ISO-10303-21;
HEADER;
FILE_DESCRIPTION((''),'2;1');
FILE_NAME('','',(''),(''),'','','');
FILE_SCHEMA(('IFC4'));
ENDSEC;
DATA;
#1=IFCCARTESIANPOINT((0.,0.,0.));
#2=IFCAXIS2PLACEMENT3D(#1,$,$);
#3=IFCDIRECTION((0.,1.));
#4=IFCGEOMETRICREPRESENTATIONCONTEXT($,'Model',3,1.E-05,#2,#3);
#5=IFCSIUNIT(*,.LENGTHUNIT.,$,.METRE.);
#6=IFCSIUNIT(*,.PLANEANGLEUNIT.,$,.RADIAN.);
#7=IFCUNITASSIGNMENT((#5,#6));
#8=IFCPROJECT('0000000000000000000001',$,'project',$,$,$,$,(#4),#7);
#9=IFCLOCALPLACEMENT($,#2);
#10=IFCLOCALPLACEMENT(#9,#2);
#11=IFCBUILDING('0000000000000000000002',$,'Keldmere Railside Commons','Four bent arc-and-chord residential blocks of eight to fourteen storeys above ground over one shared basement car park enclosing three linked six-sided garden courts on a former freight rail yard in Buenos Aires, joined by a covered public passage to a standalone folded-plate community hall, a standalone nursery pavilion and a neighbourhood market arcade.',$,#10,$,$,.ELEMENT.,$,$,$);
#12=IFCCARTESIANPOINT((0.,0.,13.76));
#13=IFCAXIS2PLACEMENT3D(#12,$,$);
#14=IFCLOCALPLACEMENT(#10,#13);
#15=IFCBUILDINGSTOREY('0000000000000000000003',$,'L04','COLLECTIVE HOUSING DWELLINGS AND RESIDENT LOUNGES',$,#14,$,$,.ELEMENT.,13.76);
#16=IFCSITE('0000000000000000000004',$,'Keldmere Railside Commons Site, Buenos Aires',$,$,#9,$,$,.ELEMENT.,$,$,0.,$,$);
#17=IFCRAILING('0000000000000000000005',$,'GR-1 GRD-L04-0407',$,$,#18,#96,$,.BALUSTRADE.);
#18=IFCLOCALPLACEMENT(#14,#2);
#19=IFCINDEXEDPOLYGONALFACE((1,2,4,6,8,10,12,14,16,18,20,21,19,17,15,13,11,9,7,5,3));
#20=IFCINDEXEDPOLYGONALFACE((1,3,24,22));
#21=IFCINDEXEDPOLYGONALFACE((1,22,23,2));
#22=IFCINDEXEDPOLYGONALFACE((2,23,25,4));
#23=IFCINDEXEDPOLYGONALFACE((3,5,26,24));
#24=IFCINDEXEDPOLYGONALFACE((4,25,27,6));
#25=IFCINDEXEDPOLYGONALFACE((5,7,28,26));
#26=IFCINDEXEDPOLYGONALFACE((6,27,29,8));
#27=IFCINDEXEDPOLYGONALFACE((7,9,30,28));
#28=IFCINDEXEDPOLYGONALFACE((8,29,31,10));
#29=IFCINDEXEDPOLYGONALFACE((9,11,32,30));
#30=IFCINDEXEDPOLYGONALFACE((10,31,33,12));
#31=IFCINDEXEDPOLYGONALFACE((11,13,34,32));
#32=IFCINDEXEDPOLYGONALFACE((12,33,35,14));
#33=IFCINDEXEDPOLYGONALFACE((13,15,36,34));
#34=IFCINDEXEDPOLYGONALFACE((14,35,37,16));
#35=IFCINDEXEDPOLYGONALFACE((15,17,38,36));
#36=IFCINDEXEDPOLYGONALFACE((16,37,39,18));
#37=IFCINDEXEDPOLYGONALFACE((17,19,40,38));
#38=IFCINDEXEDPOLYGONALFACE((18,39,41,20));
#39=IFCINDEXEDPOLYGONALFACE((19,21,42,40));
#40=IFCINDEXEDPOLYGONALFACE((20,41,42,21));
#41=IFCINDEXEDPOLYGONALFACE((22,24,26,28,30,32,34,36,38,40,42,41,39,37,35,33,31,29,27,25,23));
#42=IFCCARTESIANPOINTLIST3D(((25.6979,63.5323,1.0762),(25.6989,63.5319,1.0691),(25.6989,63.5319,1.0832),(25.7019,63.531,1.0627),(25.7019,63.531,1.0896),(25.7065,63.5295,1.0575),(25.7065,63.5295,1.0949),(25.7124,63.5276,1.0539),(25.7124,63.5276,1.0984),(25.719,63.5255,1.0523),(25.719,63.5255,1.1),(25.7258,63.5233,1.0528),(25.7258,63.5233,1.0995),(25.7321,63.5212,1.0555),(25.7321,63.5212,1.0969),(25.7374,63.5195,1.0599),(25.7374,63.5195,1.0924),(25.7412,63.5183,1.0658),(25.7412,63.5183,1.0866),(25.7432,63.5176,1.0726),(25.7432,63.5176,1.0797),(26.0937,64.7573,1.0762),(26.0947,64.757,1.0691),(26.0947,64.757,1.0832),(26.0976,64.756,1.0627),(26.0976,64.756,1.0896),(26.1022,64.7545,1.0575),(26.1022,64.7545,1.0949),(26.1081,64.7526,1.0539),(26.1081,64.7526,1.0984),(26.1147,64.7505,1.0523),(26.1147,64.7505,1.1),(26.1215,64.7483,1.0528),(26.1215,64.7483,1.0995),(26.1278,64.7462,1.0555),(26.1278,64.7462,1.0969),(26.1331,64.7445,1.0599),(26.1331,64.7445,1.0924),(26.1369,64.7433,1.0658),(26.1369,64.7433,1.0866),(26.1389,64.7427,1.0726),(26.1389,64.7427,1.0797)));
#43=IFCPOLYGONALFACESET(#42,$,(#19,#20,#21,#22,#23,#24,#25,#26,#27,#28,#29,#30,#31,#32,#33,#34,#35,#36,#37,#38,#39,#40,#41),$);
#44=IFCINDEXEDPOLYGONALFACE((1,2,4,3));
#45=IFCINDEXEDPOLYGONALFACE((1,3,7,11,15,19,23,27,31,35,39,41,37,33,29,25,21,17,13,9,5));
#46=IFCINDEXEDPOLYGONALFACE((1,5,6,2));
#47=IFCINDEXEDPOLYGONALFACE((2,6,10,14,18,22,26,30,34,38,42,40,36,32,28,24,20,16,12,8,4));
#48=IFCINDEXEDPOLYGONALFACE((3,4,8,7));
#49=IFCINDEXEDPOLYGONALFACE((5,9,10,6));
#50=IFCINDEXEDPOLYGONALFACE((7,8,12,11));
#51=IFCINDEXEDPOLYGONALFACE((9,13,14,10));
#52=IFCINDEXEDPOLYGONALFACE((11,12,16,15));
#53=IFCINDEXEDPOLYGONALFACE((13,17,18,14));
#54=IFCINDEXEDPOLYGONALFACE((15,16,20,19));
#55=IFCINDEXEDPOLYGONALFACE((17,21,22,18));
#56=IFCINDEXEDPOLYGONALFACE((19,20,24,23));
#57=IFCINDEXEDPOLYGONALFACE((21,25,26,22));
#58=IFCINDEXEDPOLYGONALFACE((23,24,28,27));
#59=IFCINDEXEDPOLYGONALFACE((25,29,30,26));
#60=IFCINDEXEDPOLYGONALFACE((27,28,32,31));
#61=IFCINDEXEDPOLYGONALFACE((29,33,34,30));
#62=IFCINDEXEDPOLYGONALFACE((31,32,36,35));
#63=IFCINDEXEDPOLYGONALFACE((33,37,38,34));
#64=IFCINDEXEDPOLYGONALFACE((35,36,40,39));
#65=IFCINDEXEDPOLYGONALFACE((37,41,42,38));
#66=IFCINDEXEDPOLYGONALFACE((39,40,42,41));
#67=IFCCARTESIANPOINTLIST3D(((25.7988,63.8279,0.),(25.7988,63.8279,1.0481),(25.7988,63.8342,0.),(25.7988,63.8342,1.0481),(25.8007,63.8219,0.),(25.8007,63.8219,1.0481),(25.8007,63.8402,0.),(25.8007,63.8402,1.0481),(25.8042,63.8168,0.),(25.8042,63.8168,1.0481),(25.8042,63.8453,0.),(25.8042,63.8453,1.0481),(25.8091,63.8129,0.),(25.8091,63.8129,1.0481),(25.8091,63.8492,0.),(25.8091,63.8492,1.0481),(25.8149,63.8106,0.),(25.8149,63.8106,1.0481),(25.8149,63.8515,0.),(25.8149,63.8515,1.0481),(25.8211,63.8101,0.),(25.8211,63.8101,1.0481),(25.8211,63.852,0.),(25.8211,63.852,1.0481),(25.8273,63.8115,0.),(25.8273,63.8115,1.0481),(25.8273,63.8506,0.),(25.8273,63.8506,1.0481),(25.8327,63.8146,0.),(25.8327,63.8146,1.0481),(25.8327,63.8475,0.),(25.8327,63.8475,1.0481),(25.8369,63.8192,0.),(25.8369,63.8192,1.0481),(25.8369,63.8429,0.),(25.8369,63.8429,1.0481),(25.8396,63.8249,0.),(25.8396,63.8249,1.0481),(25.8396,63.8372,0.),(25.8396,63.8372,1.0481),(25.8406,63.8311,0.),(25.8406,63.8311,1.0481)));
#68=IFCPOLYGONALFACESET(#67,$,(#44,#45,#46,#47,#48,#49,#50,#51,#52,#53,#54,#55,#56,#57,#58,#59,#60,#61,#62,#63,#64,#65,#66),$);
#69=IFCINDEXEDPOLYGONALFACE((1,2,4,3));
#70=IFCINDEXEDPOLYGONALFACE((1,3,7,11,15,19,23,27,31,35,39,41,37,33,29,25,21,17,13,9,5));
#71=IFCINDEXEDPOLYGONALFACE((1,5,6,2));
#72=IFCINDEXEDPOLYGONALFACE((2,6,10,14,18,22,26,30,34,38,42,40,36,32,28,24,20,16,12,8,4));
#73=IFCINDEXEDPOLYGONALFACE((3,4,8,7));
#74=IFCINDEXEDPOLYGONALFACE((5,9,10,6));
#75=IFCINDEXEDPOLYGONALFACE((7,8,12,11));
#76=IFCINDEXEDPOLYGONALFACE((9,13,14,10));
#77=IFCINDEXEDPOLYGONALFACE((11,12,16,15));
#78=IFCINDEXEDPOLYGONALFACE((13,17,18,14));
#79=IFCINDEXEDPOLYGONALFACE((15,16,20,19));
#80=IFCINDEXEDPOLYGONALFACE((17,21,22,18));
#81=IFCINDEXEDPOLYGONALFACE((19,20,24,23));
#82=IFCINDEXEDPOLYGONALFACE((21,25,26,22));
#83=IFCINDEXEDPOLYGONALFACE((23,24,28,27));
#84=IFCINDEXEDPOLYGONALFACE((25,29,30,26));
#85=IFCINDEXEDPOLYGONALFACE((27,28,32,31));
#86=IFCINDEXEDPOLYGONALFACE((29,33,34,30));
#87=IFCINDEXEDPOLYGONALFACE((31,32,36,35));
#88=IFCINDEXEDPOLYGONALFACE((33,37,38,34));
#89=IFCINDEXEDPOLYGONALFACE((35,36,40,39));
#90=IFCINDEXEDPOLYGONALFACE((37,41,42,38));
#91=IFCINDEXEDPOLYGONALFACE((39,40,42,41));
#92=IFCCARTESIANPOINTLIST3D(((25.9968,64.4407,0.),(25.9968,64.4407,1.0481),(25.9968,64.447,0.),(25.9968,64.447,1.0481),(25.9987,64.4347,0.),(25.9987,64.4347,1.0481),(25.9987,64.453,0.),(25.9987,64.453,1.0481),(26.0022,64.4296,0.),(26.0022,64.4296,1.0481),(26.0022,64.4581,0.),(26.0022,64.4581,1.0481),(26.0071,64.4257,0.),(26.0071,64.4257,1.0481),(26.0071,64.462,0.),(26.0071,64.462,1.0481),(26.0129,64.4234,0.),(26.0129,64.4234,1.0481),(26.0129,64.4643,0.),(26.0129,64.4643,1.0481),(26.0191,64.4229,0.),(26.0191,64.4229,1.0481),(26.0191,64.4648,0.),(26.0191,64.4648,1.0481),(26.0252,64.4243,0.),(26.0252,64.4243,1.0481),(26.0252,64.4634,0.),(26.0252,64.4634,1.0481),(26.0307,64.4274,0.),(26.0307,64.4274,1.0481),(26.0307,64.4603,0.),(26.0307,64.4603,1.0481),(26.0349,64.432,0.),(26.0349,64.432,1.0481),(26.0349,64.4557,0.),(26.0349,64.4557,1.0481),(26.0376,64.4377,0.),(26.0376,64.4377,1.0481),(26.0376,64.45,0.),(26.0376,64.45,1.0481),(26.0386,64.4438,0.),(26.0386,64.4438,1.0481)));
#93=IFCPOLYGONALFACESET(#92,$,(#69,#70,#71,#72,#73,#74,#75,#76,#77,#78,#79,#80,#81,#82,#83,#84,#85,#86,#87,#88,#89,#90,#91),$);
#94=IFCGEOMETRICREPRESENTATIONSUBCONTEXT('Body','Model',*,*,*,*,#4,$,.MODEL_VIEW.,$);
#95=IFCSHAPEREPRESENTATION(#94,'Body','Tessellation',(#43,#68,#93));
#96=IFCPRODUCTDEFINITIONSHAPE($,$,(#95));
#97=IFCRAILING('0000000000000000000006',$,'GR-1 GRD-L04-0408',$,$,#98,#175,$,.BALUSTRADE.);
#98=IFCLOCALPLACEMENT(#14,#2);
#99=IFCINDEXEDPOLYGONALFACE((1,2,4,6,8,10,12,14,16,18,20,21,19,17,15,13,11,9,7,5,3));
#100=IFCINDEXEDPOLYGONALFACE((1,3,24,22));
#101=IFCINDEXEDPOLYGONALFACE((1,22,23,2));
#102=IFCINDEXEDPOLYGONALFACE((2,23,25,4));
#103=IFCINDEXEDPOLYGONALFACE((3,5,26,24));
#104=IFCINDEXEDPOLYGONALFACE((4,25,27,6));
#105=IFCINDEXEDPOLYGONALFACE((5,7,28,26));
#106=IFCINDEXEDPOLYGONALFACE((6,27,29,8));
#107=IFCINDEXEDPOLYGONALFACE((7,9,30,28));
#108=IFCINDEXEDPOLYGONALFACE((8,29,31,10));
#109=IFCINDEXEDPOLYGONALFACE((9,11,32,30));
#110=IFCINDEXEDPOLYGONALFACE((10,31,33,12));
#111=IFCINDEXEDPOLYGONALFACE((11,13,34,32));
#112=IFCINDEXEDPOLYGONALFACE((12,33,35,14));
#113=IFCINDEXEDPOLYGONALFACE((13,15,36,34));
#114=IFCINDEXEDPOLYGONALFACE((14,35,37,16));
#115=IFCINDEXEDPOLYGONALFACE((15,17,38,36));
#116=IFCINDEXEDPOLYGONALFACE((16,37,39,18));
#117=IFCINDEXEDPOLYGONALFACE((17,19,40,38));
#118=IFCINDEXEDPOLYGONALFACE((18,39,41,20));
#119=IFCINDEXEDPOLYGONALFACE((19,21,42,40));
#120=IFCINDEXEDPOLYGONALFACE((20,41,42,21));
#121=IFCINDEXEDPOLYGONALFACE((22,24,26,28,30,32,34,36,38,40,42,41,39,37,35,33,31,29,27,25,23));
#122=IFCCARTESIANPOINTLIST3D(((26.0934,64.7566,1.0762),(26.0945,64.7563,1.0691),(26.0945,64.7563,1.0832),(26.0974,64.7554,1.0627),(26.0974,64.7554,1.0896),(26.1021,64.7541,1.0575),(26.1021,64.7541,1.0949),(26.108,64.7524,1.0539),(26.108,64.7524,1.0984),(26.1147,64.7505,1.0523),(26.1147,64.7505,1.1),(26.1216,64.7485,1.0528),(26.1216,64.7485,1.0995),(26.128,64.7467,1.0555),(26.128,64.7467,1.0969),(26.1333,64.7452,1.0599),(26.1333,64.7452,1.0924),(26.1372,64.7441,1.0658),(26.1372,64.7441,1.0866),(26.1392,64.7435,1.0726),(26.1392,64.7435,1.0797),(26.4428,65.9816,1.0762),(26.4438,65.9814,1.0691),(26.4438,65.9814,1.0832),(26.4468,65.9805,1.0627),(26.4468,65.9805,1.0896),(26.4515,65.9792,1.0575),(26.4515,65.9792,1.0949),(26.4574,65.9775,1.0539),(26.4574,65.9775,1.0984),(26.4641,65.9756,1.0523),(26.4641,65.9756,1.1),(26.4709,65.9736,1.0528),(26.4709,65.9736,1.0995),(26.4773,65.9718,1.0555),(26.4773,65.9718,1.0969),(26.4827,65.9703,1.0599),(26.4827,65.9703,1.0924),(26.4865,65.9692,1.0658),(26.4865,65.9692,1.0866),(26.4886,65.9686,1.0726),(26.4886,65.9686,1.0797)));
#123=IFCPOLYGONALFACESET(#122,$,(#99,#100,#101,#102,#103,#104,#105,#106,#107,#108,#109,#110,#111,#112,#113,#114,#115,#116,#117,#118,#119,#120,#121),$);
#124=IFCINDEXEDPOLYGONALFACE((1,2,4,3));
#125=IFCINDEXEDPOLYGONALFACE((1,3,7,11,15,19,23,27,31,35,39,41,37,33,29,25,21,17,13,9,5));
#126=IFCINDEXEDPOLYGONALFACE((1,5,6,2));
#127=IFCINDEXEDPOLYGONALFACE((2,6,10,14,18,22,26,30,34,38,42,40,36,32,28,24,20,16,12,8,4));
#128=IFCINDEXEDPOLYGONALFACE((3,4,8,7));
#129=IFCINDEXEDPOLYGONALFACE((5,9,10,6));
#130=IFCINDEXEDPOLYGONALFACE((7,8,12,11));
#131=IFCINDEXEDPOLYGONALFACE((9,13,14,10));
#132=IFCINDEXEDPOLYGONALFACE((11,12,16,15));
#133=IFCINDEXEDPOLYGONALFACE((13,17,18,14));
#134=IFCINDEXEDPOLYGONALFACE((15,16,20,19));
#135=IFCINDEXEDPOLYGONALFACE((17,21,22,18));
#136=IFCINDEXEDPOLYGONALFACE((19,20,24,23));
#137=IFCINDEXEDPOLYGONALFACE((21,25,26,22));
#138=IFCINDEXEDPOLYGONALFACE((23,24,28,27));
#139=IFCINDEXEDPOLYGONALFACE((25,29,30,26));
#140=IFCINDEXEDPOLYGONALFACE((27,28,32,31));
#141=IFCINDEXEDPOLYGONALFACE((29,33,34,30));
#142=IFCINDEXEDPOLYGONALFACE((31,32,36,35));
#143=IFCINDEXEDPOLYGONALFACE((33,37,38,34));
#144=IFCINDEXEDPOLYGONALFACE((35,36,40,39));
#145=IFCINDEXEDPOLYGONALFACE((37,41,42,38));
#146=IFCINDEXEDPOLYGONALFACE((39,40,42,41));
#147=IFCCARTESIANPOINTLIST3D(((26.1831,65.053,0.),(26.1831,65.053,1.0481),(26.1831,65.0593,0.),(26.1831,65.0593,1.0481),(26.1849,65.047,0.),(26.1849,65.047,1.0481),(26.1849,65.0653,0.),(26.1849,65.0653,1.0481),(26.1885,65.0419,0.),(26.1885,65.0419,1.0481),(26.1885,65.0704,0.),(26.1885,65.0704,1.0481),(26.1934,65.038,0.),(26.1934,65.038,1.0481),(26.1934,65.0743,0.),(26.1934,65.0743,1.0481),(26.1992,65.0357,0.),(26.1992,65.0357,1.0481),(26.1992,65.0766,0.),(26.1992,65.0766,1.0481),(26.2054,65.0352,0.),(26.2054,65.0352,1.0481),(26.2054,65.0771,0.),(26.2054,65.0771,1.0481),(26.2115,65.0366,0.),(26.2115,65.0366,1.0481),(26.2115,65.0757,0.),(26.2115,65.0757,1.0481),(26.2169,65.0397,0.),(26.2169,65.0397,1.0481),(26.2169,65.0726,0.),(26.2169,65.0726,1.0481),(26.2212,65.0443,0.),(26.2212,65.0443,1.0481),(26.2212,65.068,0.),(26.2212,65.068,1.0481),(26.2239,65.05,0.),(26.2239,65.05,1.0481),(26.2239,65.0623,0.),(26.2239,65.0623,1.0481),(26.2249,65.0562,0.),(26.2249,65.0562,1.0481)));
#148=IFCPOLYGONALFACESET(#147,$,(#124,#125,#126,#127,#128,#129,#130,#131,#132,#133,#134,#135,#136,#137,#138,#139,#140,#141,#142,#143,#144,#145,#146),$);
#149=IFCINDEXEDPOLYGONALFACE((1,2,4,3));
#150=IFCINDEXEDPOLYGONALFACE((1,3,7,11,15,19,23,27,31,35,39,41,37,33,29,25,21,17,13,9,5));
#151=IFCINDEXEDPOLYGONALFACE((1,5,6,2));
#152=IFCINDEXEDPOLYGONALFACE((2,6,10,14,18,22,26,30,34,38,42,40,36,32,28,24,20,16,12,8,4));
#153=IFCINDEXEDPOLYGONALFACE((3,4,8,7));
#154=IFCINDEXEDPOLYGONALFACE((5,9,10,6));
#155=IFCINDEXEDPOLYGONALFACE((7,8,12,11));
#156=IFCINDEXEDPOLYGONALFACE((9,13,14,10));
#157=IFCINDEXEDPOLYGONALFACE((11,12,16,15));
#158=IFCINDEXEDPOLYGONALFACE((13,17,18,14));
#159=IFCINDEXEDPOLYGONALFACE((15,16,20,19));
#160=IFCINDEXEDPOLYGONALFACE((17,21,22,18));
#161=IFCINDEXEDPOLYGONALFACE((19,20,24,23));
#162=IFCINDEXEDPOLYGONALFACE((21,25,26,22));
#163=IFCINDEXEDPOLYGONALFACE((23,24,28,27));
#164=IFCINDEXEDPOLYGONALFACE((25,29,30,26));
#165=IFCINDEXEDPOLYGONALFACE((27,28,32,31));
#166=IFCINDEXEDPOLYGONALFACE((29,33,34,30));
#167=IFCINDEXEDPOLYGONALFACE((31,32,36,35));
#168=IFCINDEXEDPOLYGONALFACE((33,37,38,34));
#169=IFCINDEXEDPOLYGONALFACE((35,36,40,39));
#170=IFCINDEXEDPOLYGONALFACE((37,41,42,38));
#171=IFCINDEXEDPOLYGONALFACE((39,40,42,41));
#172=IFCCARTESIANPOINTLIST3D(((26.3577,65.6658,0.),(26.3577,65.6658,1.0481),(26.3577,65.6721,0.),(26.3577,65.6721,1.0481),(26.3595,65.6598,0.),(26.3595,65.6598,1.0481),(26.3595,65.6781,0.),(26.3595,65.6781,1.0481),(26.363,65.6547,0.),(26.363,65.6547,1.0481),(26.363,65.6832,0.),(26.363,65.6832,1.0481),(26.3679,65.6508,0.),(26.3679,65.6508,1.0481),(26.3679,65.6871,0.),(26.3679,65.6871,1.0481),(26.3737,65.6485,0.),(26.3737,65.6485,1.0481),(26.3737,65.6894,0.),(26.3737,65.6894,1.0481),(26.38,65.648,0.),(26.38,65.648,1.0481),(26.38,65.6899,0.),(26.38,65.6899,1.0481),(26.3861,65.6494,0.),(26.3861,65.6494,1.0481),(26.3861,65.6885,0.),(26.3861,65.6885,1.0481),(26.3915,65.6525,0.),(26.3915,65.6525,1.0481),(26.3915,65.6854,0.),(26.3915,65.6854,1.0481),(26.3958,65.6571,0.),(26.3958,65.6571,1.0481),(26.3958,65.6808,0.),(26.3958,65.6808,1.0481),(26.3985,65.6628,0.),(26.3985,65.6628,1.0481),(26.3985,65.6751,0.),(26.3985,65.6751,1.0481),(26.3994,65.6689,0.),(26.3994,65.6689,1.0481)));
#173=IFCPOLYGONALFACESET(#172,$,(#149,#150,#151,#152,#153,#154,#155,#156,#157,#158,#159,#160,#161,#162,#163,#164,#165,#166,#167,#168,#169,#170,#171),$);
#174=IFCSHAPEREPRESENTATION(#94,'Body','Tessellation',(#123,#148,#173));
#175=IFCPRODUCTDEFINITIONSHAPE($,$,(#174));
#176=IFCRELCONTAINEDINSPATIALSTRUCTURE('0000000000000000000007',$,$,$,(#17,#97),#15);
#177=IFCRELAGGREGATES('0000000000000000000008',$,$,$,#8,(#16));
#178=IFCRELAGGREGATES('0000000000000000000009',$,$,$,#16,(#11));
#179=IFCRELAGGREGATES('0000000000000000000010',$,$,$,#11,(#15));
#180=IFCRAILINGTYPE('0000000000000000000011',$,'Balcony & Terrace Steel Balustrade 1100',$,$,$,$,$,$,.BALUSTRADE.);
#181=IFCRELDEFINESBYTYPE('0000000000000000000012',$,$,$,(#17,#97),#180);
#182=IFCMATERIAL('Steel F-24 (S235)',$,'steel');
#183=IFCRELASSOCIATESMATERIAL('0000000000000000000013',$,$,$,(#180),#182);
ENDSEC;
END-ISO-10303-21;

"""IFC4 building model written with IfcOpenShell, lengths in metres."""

from ifc_helpers import new_model, si_unit, direction, frame, origin, origin_2d, place, context, subcontext, project, spatial, circle, extrude, material, type_object, element, save


model = new_model("IFC4")

# Units and contexts
model_context = context("Model", 3, precision=1e-05, world=origin(), true_north=direction((0.0, 1.0)))
body_context = subcontext(model_context, "Body", "Model", "MODEL_VIEW")
ifc_project = project(units=[si_unit("LENGTHUNIT", "METRE"), si_unit("PLANEANGLEUNIT", "RADIAN")], contexts=[model_context])

# Site, building, storey
site_placement = place(None, origin())
site = spatial("IfcSite", under=ifc_project, at=site_placement, Name="Keldmere Railside Commons Site, Buenos Aires", CompositionType="ELEMENT", RefElevation=0.0)
building_placement = place(site_placement, origin())
building = spatial("IfcBuilding", under=site, at=building_placement, Name="Keldmere Railside Commons", Description="Four bent arc-and-chord residential blocks of eight to fourteen storeys above ground over one shared basement car park enclosing three linked six-sided garden courts on a former freight rail yard in Buenos Aires, joined by a covered public passage to a standalone folded-plate community hall, a standalone nursery pavilion and a neighbourhood market arcade.", CompositionType="ELEMENT")
storey_placement = place(building_placement, frame((0.0, 0.0, 13.76)))
storey = spatial("IfcBuildingStorey", under=building, at=storey_placement, Name="L04", Description="COLLECTIVE HOUSING DWELLINGS AND RESIDENT LOUNGES", CompositionType="ELEMENT", Elevation=13.76)

# Railings
ifc_material_1 = material(Name="Steel F-24 (S235)", Category="steel")
railing_type_1 = type_object("IfcRailingType", Name="Balcony & Terrace Steel Balustrade 1100", PredefinedType="BALUSTRADE", material=ifc_material_1)
railing_1_placement = place(storey_placement, frame((25.7207, 63.5249, 0.0)))
element("IfcRailing", 1, at=railing_1_placement, inside=storey, type_object=railing_type_1, Name="GR-1 GRD-L04-0407", PredefinedType="BALUSTRADE", context=body_context, shape_type="SweptSolid", body=[
    extrude(circle(Radius=0.0239, at=origin_2d()), frame((0.0, 0.0, 1.0762), z_axis=(0.307396, 0.951582, 0.0), x_axis=(-0.951582, 0.307396, 0.0)), (0.0, 0.0, 1.0), 1.2874),
    extrude(circle(Radius=0.021, at=origin_2d()), frame((0.0989, 0.3062, 0.0)), (0.0, 0.0, 1.0), 1.0481),
    extrude(circle(Radius=0.021, at=origin_2d()), frame((0.2969, 0.9189, 0.0)), (0.0, 0.0, 1.0), 1.0481),
])
railing_2_placement = place(storey_placement, frame((26.1165, 64.75, 0.0)))
element("IfcRailing", 2, at=railing_2_placement, inside=storey, type_object=railing_type_1, Name="GR-1 GRD-L04-0408", PredefinedType="BALUSTRADE", context=body_context, shape_type="SweptSolid", body=[
    extrude(circle(Radius=0.0239, at=origin_2d()), frame((0.0, 0.0, 1.0762), z_axis=(0.27424, 0.961661, 0.0), x_axis=(-0.961661, 0.27424, 0.0)), (0.0, 0.0, 1.0), 1.2739),
    extrude(circle(Radius=0.021, at=origin_2d()), frame((0.0874, 0.3062, 0.0)), (0.0, 0.0, 1.0), 1.0481),
    extrude(circle(Radius=0.021, at=origin_2d()), frame((0.262, 0.9189, 0.0)), (0.0, 0.0, 1.0), 1.0481),
])

save(model, "model.ifc")
